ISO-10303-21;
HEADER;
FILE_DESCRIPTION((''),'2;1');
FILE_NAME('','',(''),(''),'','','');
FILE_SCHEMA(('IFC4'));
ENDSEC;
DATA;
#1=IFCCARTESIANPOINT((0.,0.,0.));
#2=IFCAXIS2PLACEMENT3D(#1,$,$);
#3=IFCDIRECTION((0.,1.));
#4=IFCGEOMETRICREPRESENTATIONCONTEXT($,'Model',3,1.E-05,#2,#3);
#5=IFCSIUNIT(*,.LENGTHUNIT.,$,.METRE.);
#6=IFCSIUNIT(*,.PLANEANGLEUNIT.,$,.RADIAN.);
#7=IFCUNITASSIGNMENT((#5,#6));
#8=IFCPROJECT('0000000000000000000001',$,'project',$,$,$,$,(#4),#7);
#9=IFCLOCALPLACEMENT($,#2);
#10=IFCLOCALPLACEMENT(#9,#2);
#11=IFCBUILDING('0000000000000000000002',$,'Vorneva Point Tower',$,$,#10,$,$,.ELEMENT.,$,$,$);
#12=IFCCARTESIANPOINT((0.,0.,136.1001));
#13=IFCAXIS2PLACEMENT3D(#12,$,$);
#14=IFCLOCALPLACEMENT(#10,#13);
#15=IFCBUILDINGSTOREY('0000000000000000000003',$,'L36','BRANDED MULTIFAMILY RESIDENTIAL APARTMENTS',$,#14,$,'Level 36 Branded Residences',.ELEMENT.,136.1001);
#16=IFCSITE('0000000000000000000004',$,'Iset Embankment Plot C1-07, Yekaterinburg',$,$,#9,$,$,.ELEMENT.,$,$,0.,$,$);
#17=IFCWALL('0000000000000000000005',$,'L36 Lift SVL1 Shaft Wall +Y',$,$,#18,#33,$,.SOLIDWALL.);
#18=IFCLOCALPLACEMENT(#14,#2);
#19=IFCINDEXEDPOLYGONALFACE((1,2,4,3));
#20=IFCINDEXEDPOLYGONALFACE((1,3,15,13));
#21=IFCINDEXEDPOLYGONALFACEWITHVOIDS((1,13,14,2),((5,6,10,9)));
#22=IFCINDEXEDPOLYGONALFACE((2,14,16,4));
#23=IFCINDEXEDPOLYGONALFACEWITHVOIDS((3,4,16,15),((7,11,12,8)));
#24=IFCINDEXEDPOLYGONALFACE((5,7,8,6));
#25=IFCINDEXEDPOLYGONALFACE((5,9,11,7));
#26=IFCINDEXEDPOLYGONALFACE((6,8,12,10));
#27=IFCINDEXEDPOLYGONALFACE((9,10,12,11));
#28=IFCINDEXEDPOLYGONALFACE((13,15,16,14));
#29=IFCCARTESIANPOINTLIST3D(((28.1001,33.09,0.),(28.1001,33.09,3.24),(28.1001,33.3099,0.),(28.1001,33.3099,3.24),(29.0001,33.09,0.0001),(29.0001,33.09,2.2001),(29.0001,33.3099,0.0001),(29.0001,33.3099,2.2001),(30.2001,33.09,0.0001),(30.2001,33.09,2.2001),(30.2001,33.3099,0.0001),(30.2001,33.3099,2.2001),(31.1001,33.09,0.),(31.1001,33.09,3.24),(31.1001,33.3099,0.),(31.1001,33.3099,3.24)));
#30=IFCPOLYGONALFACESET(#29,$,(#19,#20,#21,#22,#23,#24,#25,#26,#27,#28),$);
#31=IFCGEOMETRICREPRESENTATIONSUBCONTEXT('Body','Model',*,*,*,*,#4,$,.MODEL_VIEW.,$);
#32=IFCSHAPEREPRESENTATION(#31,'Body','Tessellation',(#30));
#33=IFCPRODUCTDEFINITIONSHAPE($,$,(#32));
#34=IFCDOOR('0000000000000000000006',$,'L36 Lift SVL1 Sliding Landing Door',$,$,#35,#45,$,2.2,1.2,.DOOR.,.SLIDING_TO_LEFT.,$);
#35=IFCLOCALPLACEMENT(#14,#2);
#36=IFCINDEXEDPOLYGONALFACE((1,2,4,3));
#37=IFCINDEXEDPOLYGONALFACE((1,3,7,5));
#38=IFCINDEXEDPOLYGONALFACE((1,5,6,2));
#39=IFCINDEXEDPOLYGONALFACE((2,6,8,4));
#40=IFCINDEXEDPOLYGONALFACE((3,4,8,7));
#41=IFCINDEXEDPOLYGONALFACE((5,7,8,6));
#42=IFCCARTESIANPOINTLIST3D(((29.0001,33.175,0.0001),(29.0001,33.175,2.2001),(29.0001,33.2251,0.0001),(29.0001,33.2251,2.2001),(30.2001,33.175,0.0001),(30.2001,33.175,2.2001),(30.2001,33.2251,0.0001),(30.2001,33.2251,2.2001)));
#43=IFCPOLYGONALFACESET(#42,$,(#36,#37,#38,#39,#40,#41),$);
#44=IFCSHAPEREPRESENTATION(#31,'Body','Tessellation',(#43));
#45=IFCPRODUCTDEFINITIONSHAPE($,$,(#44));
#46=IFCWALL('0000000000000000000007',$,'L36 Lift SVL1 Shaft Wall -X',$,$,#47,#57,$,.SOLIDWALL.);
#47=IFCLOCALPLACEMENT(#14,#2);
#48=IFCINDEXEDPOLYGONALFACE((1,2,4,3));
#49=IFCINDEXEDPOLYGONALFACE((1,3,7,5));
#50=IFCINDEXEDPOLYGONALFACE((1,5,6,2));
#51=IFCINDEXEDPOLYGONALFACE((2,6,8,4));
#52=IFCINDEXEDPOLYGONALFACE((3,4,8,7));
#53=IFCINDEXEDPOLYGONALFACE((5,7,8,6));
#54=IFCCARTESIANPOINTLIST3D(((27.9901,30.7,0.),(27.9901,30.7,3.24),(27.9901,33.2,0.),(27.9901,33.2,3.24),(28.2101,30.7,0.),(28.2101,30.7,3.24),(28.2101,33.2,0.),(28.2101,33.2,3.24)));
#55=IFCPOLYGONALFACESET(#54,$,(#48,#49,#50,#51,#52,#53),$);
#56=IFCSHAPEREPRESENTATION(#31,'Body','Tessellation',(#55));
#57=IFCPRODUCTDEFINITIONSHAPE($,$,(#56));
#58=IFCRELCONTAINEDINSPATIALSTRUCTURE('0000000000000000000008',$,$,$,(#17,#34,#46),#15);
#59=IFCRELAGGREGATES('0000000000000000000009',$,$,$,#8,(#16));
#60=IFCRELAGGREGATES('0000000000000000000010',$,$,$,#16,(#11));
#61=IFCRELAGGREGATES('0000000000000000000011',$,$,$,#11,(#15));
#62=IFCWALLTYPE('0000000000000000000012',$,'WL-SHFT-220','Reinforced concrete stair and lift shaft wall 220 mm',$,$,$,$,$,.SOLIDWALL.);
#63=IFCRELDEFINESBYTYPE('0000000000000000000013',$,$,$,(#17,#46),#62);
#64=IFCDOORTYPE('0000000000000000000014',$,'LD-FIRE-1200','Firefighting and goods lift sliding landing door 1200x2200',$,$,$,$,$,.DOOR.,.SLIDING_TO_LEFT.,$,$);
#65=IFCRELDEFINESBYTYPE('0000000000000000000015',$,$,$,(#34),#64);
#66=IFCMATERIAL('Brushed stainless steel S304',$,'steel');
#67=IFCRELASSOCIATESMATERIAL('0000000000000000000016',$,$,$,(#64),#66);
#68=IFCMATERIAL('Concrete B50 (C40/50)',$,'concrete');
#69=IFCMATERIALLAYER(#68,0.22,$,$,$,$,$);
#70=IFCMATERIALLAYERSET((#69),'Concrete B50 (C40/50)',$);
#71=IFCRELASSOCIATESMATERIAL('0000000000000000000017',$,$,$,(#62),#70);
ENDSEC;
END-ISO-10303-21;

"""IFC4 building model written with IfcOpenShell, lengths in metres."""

from ifc_helpers import new_model, si_unit, direction, frame, frame_2d, origin, place, context, subcontext, project, spatial, rectangle, extrude, material, layer, layer_set, type_object, element, fill, save


model = new_model("IFC4")

# Units and contexts
model_context = context("Model", 3, precision=1e-05, world=origin(), true_north=direction((0.0, 1.0)))
body_context = subcontext(model_context, "Body", "Model", "MODEL_VIEW")
ifc_project = project(units=[si_unit("LENGTHUNIT", "METRE"), si_unit("PLANEANGLEUNIT", "RADIAN")], contexts=[model_context])

# Site, building, storey
site_placement = place(None, origin())
site = spatial("IfcSite", under=ifc_project, at=site_placement, Name="Iset Embankment Plot C1-07, Yekaterinburg", CompositionType="ELEMENT", RefElevation=0.0)
building_placement = place(site_placement, origin())
building = spatial("IfcBuilding", under=site, at=building_placement, Name="Vorneva Point Tower", CompositionType="ELEMENT")
storey_placement = place(building_placement, frame((0.0, 0.0, 136.1001)))
storey = spatial("IfcBuildingStorey", under=building, at=storey_placement, Name="L36", Description="BRANDED MULTIFAMILY RESIDENTIAL APARTMENTS", LongName="Level 36 Branded Residences", CompositionType="ELEMENT", Elevation=136.1001)

# Shared definitions
ifc_material_1 = material(Name="Brushed stainless steel S304", Category="steel")
door_type_1 = type_object("IfcDoorType", Name="LD-FIRE-1200", Description="Firefighting and goods lift sliding landing door 1200x2200", OperationType="SLIDING_TO_LEFT", PredefinedType="DOOR", material=ifc_material_1)

# Shared definitions
ifc_material_2 = material(Name="Concrete B50 (C40/50)", Category="concrete")
ifc_layer_1 = layer(ifc_material_2, 0.22)
ifc_layer_set_1 = layer_set([ifc_layer_1], Name="Concrete B50 (C40/50)")
wall_type_1 = type_object("IfcWallType", Name="WL-SHFT-220", Description="Reinforced concrete stair and lift shaft wall 220 mm", PredefinedType="SOLIDWALL", material=ifc_layer_set_1)

# Wall, opening, door
wall_1_placement = place(storey_placement, frame((31.1001, 33.2, 0.0), z_axis=(0.0, 0.0, 1.0), x_axis=(-1.0, 0.0, 0.0)))
wall_1 = element("IfcWall", 1, at=wall_1_placement, inside=storey, type_object=wall_type_1, Name="L36 Lift SVL1 Shaft Wall +Y", PredefinedType="SOLIDWALL", context=body_context, shape_type="SweptSolid", body=[
    extrude(rectangle(XDim=3.0, YDim=0.22, at=frame_2d((1.5, 0.0))), origin(), (0.0, 0.0, 1.0), 3.24),
])
opening_1_placement = place(wall_1_placement, frame((0.8999, 0.0, 0.0)))
opening_1 = element("IfcOpeningElement", 2, at=opening_1_placement, cuts=wall_1, PredefinedType="OPENING", context=body_context, shape_type="SweptSolid", body=[
    extrude(rectangle(XDim=1.2, YDim=2.2, at=frame_2d((0.6001, 1.1001))), frame((0.0, 0.125, 0.0), z_axis=(0.0, -1.0, 0.0), x_axis=(1.0, 0.0, 0.0)), (0.0, 0.0, 1.0), 0.2498),
])
door_1_placement = place(opening_1_placement, origin())
door_1 = element("IfcDoor", 3, at=door_1_placement, inside=storey, type_object=door_type_1, Name="L36 Lift SVL1 Sliding Landing Door", OperationType="SLIDING_TO_LEFT", OverallHeight=2.2, OverallWidth=1.2, PredefinedType="DOOR", context=body_context, shape_type="SweptSolid", body=[
    extrude(rectangle(XDim=1.2, YDim=2.2, at=frame_2d((0.6001, 1.1001))), frame((0.0, 0.0249, 0.0), z_axis=(0.0, -1.0, 0.0), x_axis=(1.0, 0.0, 0.0)), (0.0, 0.0, 1.0), 0.05),
])
fill(opening_1, door_1)

# Wall
wall_2_placement = place(storey_placement, frame((28.1001, 33.2, 0.0), z_axis=(0.0, 0.0, 1.0), x_axis=(0.0, -1.0, 0.0)))
element("IfcWall", 4, at=wall_2_placement, inside=storey, type_object=wall_type_1, Name="L36 Lift SVL1 Shaft Wall -X", PredefinedType="SOLIDWALL", context=body_context, shape_type="SweptSolid", body=[
    extrude(rectangle(XDim=2.5, YDim=0.22, at=frame_2d((1.25, 0.0))), origin(), (0.0, 0.0, 1.0), 3.24),
])

save(model, "model.ifc")
